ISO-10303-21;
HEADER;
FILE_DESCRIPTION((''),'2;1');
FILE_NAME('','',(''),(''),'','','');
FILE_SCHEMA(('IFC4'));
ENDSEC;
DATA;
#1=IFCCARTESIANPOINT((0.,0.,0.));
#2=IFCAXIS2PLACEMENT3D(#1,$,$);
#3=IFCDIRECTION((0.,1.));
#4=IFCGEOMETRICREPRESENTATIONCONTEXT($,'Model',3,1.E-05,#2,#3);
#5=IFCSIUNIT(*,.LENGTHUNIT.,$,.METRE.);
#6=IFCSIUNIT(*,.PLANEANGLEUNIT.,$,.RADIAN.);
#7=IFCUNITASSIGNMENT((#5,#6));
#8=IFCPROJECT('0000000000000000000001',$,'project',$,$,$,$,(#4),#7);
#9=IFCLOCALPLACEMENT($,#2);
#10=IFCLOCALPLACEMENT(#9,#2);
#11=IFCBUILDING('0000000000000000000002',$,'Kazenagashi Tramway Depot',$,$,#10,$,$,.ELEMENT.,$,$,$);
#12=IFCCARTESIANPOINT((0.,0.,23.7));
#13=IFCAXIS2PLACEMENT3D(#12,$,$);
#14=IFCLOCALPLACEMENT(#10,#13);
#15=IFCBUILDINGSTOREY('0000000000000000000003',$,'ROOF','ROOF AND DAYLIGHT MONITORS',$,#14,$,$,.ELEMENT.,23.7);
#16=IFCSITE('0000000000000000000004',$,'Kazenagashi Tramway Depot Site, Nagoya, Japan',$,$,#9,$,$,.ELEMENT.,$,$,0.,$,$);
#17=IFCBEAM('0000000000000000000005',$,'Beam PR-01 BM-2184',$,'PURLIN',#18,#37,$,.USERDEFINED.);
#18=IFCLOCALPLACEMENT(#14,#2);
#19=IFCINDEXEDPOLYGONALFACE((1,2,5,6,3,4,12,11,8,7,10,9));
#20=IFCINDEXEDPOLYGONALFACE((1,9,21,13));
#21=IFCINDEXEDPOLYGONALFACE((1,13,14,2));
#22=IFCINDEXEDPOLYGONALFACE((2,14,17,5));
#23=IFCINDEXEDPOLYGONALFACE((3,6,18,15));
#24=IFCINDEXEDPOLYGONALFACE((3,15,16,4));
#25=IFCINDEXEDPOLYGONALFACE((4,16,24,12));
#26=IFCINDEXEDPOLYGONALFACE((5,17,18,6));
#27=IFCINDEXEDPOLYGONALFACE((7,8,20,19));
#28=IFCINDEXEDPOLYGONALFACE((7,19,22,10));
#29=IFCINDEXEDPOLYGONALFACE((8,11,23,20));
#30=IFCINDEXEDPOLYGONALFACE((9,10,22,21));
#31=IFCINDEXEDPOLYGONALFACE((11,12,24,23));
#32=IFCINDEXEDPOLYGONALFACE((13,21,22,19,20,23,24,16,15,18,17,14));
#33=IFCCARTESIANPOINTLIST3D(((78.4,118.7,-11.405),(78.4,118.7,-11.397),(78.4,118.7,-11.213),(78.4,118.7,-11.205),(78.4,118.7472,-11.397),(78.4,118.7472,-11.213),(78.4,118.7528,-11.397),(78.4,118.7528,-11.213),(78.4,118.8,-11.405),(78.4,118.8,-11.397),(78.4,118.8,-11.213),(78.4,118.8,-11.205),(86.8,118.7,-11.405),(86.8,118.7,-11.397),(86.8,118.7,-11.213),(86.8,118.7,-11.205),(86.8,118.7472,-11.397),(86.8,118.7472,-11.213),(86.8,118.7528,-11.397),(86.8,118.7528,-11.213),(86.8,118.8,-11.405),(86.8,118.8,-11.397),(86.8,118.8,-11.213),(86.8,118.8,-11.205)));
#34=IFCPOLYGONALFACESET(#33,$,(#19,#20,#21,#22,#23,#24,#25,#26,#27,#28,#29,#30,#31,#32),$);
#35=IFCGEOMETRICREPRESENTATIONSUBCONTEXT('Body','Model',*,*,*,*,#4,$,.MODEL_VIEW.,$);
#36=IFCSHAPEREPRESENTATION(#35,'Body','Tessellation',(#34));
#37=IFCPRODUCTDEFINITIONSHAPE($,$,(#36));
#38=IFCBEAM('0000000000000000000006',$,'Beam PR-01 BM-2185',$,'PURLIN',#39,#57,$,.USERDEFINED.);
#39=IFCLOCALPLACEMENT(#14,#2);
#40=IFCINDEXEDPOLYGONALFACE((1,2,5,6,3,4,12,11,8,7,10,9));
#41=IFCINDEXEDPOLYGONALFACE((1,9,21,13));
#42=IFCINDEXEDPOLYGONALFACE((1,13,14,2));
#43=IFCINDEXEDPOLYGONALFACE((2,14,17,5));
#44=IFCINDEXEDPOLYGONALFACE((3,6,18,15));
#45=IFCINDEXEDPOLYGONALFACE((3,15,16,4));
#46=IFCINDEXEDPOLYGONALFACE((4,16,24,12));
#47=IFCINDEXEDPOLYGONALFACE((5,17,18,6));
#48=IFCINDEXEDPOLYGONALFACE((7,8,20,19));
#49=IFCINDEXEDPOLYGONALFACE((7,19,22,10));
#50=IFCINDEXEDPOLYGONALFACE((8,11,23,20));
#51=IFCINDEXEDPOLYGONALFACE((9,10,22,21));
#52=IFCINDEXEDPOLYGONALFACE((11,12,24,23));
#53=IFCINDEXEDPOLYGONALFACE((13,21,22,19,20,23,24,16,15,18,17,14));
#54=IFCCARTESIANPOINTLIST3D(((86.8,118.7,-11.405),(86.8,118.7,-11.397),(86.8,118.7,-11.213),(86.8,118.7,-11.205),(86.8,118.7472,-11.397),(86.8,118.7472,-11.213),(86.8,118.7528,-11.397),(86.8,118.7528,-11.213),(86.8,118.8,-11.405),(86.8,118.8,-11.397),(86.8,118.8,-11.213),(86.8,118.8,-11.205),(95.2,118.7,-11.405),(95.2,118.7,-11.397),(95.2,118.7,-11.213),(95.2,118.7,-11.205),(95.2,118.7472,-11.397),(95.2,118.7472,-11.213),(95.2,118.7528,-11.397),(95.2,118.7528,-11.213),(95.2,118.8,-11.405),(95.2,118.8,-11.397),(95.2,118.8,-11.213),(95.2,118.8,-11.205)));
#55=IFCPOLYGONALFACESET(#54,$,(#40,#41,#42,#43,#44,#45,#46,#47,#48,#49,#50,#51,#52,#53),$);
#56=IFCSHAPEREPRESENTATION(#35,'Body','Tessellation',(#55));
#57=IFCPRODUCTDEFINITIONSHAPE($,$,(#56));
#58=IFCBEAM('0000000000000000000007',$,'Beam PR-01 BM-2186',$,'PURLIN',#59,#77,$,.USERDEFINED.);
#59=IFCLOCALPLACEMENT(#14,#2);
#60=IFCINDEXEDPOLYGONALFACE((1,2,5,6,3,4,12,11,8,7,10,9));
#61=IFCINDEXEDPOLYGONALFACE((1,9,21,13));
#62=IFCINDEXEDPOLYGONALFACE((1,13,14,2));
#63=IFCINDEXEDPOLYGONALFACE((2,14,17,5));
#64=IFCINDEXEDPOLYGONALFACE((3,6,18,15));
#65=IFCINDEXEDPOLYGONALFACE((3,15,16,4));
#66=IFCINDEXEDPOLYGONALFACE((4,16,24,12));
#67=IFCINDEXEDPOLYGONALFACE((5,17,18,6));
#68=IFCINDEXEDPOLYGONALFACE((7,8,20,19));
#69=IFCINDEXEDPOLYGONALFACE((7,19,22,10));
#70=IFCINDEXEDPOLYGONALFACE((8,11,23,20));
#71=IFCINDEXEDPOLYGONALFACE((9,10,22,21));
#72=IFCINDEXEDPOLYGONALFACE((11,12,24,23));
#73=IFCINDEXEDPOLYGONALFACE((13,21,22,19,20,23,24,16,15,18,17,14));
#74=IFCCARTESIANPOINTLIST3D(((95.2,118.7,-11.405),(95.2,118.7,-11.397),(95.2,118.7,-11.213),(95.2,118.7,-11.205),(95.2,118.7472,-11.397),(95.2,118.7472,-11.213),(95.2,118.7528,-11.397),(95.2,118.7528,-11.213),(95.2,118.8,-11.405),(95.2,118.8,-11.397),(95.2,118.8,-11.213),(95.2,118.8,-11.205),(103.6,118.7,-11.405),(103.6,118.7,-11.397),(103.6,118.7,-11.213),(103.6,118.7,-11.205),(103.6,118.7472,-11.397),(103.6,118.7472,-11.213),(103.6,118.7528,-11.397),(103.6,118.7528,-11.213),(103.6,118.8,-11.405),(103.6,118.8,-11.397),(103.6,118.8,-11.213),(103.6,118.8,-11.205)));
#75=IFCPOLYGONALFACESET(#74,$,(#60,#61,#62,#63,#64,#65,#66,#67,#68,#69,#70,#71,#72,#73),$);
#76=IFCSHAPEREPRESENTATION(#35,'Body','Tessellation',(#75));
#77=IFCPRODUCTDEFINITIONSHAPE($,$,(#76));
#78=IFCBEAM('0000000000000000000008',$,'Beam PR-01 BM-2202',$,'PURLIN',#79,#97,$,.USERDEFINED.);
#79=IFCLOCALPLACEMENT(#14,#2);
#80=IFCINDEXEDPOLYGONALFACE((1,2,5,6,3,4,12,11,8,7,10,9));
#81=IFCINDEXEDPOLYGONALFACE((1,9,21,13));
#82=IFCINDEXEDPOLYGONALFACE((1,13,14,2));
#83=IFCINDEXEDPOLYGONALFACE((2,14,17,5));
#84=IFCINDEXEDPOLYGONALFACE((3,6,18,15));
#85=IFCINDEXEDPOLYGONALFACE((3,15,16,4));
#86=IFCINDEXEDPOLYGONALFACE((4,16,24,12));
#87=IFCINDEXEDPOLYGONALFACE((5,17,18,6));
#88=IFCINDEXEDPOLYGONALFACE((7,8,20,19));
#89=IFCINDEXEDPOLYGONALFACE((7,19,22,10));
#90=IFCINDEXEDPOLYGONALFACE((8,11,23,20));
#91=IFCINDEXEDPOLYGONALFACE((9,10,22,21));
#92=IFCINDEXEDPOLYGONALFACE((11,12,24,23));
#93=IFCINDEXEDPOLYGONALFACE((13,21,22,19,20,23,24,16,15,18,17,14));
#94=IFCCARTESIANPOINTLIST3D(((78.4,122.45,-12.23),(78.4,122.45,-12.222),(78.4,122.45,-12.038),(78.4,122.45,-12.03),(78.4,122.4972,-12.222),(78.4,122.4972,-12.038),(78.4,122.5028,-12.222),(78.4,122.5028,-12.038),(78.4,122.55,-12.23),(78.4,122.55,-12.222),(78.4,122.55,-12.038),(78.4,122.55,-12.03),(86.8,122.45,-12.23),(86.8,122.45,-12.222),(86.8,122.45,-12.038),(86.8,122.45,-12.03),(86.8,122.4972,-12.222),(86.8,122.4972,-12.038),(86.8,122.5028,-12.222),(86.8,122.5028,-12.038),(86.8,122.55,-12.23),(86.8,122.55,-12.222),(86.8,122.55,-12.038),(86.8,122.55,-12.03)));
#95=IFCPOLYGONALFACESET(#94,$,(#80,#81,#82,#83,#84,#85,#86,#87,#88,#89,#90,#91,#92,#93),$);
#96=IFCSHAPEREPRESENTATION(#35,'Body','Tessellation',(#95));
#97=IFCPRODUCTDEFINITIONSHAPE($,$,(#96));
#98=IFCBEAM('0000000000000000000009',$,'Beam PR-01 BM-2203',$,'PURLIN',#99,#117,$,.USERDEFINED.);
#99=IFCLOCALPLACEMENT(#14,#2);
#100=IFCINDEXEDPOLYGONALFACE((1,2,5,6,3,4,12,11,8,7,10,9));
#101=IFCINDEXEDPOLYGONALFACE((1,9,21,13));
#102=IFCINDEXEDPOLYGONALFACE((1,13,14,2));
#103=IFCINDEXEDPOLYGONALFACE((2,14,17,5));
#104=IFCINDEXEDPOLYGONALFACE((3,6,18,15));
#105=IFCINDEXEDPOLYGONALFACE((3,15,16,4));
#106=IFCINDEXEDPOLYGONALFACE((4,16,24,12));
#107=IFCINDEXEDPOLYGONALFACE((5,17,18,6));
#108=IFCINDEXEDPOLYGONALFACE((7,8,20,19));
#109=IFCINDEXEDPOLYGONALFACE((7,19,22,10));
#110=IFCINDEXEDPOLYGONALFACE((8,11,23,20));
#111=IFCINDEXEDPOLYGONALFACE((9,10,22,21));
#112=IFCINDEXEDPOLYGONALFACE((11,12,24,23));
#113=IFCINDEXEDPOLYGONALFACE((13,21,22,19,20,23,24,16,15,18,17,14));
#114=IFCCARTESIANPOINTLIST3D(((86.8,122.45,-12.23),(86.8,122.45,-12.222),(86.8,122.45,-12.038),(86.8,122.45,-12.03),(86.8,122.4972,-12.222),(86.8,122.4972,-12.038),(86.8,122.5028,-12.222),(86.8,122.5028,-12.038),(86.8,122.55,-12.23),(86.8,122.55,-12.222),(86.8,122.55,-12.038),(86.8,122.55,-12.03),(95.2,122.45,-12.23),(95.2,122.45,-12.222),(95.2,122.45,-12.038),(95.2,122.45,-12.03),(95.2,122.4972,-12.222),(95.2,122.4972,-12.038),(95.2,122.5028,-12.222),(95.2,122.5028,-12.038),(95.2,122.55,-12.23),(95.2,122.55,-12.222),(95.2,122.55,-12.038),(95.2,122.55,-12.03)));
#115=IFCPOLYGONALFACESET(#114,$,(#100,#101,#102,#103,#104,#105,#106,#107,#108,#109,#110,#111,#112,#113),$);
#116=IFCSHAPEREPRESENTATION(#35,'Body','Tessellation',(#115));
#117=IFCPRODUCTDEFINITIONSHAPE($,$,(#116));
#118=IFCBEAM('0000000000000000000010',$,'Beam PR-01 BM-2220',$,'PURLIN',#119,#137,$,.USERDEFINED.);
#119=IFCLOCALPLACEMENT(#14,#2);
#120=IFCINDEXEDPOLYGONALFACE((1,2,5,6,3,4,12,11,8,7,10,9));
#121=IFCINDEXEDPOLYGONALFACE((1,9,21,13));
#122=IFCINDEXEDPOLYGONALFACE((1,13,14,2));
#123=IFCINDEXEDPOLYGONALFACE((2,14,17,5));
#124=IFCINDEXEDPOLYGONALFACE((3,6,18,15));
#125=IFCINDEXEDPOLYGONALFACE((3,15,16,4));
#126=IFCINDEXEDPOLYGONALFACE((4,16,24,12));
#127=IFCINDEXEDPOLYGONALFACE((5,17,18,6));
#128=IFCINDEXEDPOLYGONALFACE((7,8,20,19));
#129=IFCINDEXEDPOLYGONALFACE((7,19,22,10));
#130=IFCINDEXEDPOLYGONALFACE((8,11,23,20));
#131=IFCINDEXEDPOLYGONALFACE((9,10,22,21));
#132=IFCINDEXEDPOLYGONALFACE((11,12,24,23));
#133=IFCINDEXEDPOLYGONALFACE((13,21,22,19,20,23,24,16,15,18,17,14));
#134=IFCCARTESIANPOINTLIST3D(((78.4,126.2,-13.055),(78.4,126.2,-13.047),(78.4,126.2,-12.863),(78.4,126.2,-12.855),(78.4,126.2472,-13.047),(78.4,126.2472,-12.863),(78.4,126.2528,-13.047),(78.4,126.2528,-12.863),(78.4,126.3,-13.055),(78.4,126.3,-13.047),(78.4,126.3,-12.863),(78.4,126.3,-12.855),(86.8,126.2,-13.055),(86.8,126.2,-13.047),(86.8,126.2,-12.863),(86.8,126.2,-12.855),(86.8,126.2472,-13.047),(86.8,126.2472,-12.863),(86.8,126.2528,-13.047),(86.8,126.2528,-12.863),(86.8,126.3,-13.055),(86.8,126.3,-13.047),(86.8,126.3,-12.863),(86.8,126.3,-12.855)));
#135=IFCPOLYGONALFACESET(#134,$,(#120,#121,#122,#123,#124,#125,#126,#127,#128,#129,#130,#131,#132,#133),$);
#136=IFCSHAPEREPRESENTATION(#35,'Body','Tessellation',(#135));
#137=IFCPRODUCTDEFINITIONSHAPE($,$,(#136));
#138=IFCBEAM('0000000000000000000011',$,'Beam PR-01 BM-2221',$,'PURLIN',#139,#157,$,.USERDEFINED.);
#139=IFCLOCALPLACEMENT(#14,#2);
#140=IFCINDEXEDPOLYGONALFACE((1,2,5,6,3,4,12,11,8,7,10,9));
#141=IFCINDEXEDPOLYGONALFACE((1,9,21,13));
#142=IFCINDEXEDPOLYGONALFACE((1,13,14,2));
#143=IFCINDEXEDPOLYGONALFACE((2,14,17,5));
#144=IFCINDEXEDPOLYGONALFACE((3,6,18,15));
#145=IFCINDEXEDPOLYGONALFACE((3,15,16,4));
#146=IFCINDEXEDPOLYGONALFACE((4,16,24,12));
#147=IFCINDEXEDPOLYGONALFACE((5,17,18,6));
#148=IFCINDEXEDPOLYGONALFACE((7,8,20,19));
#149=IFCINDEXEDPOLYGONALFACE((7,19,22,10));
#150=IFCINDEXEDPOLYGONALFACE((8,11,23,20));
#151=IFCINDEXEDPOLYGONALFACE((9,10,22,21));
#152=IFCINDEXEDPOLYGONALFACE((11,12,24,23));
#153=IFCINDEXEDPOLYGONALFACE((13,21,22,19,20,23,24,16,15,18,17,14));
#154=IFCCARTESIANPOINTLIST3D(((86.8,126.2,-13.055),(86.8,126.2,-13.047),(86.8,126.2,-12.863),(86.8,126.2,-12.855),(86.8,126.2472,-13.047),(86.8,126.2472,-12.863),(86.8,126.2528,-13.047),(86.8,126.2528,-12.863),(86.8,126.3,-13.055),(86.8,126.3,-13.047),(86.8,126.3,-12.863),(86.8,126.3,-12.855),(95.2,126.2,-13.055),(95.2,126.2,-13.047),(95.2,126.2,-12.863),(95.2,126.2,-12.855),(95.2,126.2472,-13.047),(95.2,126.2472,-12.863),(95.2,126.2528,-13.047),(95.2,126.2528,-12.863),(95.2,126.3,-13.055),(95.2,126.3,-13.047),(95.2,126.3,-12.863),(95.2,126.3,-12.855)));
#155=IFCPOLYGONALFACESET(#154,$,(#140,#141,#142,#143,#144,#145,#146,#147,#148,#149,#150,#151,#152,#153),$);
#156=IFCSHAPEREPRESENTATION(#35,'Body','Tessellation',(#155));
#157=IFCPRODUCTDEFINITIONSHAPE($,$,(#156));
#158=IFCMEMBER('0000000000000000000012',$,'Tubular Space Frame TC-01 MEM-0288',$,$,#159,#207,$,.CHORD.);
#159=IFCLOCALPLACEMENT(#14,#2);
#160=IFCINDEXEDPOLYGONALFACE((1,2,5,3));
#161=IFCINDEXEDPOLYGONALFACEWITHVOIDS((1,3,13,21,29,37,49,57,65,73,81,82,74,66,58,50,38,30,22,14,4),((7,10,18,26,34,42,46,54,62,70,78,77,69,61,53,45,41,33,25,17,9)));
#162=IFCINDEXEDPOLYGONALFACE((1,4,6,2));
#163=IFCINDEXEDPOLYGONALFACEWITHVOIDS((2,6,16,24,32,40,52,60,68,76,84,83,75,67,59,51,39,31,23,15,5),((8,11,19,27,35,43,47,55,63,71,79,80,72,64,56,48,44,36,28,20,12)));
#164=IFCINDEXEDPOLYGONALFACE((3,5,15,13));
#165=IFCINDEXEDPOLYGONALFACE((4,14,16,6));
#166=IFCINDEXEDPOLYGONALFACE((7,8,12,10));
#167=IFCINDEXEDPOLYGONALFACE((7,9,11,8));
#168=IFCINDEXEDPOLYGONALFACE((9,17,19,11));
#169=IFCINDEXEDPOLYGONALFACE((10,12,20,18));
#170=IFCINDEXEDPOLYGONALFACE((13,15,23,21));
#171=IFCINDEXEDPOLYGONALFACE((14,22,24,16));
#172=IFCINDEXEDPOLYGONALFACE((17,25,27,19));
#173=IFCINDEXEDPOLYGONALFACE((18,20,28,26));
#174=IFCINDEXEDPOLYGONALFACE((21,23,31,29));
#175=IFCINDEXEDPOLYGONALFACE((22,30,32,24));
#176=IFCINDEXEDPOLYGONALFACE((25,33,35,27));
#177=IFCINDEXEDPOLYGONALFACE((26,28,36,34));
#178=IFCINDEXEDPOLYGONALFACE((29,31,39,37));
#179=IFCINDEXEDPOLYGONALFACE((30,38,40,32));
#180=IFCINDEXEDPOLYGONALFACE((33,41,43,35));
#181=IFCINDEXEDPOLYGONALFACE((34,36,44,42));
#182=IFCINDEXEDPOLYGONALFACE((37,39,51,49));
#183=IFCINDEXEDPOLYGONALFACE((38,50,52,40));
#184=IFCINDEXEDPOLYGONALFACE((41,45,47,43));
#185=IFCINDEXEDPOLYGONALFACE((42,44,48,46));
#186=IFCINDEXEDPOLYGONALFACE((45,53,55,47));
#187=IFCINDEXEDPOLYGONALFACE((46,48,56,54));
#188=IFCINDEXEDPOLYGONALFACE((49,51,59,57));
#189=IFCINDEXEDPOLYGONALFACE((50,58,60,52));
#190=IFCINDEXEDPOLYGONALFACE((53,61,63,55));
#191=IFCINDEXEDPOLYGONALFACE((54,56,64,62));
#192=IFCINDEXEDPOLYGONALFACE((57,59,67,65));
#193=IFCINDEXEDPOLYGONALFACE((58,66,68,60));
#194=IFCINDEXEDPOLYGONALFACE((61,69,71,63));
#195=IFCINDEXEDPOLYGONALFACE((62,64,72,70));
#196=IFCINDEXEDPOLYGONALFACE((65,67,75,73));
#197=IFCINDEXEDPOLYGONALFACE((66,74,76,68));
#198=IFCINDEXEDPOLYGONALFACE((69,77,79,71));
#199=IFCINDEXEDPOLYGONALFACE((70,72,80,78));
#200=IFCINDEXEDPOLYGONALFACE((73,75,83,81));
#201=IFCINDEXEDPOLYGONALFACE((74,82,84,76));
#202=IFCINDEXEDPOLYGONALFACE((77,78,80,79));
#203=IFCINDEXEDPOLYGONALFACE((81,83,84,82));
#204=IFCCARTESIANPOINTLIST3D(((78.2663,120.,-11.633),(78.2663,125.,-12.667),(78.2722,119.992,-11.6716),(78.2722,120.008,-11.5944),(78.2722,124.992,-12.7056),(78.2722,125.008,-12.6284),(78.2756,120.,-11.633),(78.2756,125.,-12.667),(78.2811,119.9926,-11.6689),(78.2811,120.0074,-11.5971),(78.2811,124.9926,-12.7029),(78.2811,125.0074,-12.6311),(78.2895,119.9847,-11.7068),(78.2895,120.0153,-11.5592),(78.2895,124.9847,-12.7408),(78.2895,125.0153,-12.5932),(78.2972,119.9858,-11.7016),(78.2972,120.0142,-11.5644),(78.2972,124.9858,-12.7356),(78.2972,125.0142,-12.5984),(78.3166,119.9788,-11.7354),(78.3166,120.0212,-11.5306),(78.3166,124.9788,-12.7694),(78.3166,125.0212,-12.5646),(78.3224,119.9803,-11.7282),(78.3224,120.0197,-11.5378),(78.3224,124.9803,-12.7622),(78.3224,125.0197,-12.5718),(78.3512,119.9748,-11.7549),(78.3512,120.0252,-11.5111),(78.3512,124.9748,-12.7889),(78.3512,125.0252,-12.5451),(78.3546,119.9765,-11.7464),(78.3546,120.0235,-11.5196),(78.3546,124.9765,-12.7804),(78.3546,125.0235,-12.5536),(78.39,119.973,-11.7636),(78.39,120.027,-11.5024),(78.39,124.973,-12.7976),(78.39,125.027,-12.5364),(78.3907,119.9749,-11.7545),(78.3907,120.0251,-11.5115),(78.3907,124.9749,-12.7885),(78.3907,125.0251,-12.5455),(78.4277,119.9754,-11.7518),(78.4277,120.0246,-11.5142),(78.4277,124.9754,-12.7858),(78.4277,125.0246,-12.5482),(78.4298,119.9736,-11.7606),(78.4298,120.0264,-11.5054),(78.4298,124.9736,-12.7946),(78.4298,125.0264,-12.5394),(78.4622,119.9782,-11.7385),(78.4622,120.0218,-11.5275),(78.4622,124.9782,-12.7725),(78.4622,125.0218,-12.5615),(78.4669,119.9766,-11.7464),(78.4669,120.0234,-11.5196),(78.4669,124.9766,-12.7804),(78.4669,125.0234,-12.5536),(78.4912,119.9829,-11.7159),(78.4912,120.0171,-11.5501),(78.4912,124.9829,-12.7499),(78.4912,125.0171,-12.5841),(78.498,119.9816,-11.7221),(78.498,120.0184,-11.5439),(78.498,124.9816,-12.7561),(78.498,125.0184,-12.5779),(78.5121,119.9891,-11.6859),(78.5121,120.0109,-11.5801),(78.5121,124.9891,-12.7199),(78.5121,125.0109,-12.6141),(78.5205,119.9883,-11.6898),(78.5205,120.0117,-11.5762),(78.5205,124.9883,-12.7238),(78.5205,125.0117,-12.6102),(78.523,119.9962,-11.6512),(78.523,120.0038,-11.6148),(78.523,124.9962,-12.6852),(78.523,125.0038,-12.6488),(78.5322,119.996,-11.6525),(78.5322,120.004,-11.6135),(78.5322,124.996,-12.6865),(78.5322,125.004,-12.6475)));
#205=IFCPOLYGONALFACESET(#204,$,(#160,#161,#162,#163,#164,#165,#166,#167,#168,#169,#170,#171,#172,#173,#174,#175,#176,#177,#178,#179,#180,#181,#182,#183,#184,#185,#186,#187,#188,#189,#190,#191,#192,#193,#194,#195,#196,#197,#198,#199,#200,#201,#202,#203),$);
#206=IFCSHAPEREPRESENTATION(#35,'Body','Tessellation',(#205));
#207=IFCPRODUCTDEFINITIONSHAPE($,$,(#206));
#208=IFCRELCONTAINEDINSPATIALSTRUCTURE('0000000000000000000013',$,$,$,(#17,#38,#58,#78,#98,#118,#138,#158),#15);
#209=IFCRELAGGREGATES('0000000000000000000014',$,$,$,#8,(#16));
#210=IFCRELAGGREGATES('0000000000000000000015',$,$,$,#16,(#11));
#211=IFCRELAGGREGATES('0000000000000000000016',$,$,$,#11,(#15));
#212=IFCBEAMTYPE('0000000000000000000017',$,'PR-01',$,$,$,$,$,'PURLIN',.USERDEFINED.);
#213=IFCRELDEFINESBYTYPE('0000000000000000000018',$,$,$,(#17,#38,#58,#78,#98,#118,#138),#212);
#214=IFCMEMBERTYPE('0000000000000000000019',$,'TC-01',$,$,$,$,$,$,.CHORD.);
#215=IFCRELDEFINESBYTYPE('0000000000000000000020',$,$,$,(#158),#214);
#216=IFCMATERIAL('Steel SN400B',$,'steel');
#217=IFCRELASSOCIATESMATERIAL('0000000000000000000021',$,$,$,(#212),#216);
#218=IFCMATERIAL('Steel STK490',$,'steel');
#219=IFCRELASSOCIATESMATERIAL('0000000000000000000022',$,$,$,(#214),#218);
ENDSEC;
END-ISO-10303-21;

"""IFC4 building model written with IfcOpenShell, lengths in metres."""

from ifc_helpers import new_model, si_unit, direction, frame, origin, origin_2d, place, context, subcontext, project, spatial, hollow_circle, i_section, extrude, material, material_profile, profile_set, type_object, element, save


model = new_model("IFC4")

# Units and contexts
model_context = context("Model", 3, precision=1e-05, world=origin(), true_north=direction((0.0, 1.0)))
body_context = subcontext(model_context, "Body", "Model", "MODEL_VIEW")
ifc_project = project(units=[si_unit("LENGTHUNIT", "METRE"), si_unit("PLANEANGLEUNIT", "RADIAN")], contexts=[model_context])

# Site, building, storey
site_placement = place(None, origin())
site = spatial("IfcSite", under=ifc_project, at=site_placement, Name="Kazenagashi Tramway Depot Site, Nagoya, Japan", CompositionType="ELEMENT", RefElevation=0.0)
building_placement = place(site_placement, origin())
building = spatial("IfcBuilding", under=site, at=building_placement, Name="Kazenagashi Tramway Depot", CompositionType="ELEMENT")
storey_placement = place(building_placement, frame((0.0, 0.0, 23.7)))
storey = spatial("IfcBuildingStorey", under=building, at=storey_placement, Name="ROOF", Description="ROOF AND DAYLIGHT MONITORS", CompositionType="ELEMENT", Elevation=23.7)

# Beams
ifc_material_1 = material(Name="Steel SN400B", Category="steel")
ifc_material_profile_1 = material_profile(ifc_material_1, i_section(OverallWidth=0.1, OverallDepth=0.2, WebThickness=0.0055, FlangeThickness=0.008, at=origin_2d()), Name="H-200x100x5.5x8")
ifc_profile_set_1 = profile_set([ifc_material_profile_1], Name="Steel SN400B")
beam_type = type_object("IfcBeamType", Name="PR-01", ElementType="PURLIN", PredefinedType="USERDEFINED", material=ifc_profile_set_1)
for number, where, z_axis, x_axis, name in (
    (1, (78.4, 118.75, -11.305), (1.0, 0.0, 0.0), (0.0, 1.0, 0.0), "Beam PR-01 BM-2184"),
    (2, (86.8, 118.75, -11.305), (1.0, 0.0, 0.0), (0.0, 1.0, 0.0), "Beam PR-01 BM-2185"),
    (3, (95.2, 118.75, -11.305), (1.0, 0.0, 0.0), (0.0, 1.0, 0.0), "Beam PR-01 BM-2186"),
    (4, (78.4, 122.5, -12.13), (1.0, 0.0, 0.0), (0.0, 1.0, 0.0), "Beam PR-01 BM-2202"),
    (5, (86.8, 122.5, -12.13), (1.0, 0.0, 0.0), (0.0, 1.0, 0.0), "Beam PR-01 BM-2203"),
    (6, (78.4, 126.25, -12.955), (1.0, 0.0, 0.0), (0.0, 1.0, 0.0), "Beam PR-01 BM-2220"),
    (7, (86.8, 126.25, -12.955), (1.0, 0.0, 0.0), (0.0, 1.0, 0.0), "Beam PR-01 BM-2221"),
):
    element("IfcBeam", number, at=place(storey_placement, frame(where, z_axis=z_axis, x_axis=x_axis)), inside=storey, type_object=beam_type, Name=name, ObjectType="PURLIN", PredefinedType="USERDEFINED", context=body_context, shape_type="SweptSolid", body=[
        extrude(i_section(OverallWidth=0.1, OverallDepth=0.2, WebThickness=0.0055, FlangeThickness=0.008, at=origin_2d()), origin(), (0.0, 0.0, 1.0), 8.4),
    ])

# Member
ifc_material_2 = material(Name="Steel STK490", Category="steel")
ifc_material_profile_2 = material_profile(ifc_material_2, hollow_circle(Radius=0.1337, WallThickness=0.0093, at=origin_2d()), Name="CHS-267.4x9.3")
ifc_profile_set_2 = profile_set([ifc_material_profile_2], Name="Steel STK490")
member_type_1 = type_object("IfcMemberType", Name="TC-01", PredefinedType="CHORD", material=ifc_profile_set_2)
member_1_placement = place(storey_placement, frame((78.4, 120.0, -11.633), z_axis=(0.0, 0.979279, -0.202515), x_axis=(-1.0, 0.0, 0.0)))
element("IfcMember", 8, at=member_1_placement, inside=storey, type_object=member_type_1, Name="Tubular Space Frame TC-01 MEM-0288", PredefinedType="CHORD", context=body_context, shape_type="SweptSolid", body=[
    extrude(hollow_circle(Radius=0.1337, WallThickness=0.0093, at=origin_2d()), origin(), (0.0, 0.0, 1.0), 5.1058),
])

save(model, "model.ifc")
